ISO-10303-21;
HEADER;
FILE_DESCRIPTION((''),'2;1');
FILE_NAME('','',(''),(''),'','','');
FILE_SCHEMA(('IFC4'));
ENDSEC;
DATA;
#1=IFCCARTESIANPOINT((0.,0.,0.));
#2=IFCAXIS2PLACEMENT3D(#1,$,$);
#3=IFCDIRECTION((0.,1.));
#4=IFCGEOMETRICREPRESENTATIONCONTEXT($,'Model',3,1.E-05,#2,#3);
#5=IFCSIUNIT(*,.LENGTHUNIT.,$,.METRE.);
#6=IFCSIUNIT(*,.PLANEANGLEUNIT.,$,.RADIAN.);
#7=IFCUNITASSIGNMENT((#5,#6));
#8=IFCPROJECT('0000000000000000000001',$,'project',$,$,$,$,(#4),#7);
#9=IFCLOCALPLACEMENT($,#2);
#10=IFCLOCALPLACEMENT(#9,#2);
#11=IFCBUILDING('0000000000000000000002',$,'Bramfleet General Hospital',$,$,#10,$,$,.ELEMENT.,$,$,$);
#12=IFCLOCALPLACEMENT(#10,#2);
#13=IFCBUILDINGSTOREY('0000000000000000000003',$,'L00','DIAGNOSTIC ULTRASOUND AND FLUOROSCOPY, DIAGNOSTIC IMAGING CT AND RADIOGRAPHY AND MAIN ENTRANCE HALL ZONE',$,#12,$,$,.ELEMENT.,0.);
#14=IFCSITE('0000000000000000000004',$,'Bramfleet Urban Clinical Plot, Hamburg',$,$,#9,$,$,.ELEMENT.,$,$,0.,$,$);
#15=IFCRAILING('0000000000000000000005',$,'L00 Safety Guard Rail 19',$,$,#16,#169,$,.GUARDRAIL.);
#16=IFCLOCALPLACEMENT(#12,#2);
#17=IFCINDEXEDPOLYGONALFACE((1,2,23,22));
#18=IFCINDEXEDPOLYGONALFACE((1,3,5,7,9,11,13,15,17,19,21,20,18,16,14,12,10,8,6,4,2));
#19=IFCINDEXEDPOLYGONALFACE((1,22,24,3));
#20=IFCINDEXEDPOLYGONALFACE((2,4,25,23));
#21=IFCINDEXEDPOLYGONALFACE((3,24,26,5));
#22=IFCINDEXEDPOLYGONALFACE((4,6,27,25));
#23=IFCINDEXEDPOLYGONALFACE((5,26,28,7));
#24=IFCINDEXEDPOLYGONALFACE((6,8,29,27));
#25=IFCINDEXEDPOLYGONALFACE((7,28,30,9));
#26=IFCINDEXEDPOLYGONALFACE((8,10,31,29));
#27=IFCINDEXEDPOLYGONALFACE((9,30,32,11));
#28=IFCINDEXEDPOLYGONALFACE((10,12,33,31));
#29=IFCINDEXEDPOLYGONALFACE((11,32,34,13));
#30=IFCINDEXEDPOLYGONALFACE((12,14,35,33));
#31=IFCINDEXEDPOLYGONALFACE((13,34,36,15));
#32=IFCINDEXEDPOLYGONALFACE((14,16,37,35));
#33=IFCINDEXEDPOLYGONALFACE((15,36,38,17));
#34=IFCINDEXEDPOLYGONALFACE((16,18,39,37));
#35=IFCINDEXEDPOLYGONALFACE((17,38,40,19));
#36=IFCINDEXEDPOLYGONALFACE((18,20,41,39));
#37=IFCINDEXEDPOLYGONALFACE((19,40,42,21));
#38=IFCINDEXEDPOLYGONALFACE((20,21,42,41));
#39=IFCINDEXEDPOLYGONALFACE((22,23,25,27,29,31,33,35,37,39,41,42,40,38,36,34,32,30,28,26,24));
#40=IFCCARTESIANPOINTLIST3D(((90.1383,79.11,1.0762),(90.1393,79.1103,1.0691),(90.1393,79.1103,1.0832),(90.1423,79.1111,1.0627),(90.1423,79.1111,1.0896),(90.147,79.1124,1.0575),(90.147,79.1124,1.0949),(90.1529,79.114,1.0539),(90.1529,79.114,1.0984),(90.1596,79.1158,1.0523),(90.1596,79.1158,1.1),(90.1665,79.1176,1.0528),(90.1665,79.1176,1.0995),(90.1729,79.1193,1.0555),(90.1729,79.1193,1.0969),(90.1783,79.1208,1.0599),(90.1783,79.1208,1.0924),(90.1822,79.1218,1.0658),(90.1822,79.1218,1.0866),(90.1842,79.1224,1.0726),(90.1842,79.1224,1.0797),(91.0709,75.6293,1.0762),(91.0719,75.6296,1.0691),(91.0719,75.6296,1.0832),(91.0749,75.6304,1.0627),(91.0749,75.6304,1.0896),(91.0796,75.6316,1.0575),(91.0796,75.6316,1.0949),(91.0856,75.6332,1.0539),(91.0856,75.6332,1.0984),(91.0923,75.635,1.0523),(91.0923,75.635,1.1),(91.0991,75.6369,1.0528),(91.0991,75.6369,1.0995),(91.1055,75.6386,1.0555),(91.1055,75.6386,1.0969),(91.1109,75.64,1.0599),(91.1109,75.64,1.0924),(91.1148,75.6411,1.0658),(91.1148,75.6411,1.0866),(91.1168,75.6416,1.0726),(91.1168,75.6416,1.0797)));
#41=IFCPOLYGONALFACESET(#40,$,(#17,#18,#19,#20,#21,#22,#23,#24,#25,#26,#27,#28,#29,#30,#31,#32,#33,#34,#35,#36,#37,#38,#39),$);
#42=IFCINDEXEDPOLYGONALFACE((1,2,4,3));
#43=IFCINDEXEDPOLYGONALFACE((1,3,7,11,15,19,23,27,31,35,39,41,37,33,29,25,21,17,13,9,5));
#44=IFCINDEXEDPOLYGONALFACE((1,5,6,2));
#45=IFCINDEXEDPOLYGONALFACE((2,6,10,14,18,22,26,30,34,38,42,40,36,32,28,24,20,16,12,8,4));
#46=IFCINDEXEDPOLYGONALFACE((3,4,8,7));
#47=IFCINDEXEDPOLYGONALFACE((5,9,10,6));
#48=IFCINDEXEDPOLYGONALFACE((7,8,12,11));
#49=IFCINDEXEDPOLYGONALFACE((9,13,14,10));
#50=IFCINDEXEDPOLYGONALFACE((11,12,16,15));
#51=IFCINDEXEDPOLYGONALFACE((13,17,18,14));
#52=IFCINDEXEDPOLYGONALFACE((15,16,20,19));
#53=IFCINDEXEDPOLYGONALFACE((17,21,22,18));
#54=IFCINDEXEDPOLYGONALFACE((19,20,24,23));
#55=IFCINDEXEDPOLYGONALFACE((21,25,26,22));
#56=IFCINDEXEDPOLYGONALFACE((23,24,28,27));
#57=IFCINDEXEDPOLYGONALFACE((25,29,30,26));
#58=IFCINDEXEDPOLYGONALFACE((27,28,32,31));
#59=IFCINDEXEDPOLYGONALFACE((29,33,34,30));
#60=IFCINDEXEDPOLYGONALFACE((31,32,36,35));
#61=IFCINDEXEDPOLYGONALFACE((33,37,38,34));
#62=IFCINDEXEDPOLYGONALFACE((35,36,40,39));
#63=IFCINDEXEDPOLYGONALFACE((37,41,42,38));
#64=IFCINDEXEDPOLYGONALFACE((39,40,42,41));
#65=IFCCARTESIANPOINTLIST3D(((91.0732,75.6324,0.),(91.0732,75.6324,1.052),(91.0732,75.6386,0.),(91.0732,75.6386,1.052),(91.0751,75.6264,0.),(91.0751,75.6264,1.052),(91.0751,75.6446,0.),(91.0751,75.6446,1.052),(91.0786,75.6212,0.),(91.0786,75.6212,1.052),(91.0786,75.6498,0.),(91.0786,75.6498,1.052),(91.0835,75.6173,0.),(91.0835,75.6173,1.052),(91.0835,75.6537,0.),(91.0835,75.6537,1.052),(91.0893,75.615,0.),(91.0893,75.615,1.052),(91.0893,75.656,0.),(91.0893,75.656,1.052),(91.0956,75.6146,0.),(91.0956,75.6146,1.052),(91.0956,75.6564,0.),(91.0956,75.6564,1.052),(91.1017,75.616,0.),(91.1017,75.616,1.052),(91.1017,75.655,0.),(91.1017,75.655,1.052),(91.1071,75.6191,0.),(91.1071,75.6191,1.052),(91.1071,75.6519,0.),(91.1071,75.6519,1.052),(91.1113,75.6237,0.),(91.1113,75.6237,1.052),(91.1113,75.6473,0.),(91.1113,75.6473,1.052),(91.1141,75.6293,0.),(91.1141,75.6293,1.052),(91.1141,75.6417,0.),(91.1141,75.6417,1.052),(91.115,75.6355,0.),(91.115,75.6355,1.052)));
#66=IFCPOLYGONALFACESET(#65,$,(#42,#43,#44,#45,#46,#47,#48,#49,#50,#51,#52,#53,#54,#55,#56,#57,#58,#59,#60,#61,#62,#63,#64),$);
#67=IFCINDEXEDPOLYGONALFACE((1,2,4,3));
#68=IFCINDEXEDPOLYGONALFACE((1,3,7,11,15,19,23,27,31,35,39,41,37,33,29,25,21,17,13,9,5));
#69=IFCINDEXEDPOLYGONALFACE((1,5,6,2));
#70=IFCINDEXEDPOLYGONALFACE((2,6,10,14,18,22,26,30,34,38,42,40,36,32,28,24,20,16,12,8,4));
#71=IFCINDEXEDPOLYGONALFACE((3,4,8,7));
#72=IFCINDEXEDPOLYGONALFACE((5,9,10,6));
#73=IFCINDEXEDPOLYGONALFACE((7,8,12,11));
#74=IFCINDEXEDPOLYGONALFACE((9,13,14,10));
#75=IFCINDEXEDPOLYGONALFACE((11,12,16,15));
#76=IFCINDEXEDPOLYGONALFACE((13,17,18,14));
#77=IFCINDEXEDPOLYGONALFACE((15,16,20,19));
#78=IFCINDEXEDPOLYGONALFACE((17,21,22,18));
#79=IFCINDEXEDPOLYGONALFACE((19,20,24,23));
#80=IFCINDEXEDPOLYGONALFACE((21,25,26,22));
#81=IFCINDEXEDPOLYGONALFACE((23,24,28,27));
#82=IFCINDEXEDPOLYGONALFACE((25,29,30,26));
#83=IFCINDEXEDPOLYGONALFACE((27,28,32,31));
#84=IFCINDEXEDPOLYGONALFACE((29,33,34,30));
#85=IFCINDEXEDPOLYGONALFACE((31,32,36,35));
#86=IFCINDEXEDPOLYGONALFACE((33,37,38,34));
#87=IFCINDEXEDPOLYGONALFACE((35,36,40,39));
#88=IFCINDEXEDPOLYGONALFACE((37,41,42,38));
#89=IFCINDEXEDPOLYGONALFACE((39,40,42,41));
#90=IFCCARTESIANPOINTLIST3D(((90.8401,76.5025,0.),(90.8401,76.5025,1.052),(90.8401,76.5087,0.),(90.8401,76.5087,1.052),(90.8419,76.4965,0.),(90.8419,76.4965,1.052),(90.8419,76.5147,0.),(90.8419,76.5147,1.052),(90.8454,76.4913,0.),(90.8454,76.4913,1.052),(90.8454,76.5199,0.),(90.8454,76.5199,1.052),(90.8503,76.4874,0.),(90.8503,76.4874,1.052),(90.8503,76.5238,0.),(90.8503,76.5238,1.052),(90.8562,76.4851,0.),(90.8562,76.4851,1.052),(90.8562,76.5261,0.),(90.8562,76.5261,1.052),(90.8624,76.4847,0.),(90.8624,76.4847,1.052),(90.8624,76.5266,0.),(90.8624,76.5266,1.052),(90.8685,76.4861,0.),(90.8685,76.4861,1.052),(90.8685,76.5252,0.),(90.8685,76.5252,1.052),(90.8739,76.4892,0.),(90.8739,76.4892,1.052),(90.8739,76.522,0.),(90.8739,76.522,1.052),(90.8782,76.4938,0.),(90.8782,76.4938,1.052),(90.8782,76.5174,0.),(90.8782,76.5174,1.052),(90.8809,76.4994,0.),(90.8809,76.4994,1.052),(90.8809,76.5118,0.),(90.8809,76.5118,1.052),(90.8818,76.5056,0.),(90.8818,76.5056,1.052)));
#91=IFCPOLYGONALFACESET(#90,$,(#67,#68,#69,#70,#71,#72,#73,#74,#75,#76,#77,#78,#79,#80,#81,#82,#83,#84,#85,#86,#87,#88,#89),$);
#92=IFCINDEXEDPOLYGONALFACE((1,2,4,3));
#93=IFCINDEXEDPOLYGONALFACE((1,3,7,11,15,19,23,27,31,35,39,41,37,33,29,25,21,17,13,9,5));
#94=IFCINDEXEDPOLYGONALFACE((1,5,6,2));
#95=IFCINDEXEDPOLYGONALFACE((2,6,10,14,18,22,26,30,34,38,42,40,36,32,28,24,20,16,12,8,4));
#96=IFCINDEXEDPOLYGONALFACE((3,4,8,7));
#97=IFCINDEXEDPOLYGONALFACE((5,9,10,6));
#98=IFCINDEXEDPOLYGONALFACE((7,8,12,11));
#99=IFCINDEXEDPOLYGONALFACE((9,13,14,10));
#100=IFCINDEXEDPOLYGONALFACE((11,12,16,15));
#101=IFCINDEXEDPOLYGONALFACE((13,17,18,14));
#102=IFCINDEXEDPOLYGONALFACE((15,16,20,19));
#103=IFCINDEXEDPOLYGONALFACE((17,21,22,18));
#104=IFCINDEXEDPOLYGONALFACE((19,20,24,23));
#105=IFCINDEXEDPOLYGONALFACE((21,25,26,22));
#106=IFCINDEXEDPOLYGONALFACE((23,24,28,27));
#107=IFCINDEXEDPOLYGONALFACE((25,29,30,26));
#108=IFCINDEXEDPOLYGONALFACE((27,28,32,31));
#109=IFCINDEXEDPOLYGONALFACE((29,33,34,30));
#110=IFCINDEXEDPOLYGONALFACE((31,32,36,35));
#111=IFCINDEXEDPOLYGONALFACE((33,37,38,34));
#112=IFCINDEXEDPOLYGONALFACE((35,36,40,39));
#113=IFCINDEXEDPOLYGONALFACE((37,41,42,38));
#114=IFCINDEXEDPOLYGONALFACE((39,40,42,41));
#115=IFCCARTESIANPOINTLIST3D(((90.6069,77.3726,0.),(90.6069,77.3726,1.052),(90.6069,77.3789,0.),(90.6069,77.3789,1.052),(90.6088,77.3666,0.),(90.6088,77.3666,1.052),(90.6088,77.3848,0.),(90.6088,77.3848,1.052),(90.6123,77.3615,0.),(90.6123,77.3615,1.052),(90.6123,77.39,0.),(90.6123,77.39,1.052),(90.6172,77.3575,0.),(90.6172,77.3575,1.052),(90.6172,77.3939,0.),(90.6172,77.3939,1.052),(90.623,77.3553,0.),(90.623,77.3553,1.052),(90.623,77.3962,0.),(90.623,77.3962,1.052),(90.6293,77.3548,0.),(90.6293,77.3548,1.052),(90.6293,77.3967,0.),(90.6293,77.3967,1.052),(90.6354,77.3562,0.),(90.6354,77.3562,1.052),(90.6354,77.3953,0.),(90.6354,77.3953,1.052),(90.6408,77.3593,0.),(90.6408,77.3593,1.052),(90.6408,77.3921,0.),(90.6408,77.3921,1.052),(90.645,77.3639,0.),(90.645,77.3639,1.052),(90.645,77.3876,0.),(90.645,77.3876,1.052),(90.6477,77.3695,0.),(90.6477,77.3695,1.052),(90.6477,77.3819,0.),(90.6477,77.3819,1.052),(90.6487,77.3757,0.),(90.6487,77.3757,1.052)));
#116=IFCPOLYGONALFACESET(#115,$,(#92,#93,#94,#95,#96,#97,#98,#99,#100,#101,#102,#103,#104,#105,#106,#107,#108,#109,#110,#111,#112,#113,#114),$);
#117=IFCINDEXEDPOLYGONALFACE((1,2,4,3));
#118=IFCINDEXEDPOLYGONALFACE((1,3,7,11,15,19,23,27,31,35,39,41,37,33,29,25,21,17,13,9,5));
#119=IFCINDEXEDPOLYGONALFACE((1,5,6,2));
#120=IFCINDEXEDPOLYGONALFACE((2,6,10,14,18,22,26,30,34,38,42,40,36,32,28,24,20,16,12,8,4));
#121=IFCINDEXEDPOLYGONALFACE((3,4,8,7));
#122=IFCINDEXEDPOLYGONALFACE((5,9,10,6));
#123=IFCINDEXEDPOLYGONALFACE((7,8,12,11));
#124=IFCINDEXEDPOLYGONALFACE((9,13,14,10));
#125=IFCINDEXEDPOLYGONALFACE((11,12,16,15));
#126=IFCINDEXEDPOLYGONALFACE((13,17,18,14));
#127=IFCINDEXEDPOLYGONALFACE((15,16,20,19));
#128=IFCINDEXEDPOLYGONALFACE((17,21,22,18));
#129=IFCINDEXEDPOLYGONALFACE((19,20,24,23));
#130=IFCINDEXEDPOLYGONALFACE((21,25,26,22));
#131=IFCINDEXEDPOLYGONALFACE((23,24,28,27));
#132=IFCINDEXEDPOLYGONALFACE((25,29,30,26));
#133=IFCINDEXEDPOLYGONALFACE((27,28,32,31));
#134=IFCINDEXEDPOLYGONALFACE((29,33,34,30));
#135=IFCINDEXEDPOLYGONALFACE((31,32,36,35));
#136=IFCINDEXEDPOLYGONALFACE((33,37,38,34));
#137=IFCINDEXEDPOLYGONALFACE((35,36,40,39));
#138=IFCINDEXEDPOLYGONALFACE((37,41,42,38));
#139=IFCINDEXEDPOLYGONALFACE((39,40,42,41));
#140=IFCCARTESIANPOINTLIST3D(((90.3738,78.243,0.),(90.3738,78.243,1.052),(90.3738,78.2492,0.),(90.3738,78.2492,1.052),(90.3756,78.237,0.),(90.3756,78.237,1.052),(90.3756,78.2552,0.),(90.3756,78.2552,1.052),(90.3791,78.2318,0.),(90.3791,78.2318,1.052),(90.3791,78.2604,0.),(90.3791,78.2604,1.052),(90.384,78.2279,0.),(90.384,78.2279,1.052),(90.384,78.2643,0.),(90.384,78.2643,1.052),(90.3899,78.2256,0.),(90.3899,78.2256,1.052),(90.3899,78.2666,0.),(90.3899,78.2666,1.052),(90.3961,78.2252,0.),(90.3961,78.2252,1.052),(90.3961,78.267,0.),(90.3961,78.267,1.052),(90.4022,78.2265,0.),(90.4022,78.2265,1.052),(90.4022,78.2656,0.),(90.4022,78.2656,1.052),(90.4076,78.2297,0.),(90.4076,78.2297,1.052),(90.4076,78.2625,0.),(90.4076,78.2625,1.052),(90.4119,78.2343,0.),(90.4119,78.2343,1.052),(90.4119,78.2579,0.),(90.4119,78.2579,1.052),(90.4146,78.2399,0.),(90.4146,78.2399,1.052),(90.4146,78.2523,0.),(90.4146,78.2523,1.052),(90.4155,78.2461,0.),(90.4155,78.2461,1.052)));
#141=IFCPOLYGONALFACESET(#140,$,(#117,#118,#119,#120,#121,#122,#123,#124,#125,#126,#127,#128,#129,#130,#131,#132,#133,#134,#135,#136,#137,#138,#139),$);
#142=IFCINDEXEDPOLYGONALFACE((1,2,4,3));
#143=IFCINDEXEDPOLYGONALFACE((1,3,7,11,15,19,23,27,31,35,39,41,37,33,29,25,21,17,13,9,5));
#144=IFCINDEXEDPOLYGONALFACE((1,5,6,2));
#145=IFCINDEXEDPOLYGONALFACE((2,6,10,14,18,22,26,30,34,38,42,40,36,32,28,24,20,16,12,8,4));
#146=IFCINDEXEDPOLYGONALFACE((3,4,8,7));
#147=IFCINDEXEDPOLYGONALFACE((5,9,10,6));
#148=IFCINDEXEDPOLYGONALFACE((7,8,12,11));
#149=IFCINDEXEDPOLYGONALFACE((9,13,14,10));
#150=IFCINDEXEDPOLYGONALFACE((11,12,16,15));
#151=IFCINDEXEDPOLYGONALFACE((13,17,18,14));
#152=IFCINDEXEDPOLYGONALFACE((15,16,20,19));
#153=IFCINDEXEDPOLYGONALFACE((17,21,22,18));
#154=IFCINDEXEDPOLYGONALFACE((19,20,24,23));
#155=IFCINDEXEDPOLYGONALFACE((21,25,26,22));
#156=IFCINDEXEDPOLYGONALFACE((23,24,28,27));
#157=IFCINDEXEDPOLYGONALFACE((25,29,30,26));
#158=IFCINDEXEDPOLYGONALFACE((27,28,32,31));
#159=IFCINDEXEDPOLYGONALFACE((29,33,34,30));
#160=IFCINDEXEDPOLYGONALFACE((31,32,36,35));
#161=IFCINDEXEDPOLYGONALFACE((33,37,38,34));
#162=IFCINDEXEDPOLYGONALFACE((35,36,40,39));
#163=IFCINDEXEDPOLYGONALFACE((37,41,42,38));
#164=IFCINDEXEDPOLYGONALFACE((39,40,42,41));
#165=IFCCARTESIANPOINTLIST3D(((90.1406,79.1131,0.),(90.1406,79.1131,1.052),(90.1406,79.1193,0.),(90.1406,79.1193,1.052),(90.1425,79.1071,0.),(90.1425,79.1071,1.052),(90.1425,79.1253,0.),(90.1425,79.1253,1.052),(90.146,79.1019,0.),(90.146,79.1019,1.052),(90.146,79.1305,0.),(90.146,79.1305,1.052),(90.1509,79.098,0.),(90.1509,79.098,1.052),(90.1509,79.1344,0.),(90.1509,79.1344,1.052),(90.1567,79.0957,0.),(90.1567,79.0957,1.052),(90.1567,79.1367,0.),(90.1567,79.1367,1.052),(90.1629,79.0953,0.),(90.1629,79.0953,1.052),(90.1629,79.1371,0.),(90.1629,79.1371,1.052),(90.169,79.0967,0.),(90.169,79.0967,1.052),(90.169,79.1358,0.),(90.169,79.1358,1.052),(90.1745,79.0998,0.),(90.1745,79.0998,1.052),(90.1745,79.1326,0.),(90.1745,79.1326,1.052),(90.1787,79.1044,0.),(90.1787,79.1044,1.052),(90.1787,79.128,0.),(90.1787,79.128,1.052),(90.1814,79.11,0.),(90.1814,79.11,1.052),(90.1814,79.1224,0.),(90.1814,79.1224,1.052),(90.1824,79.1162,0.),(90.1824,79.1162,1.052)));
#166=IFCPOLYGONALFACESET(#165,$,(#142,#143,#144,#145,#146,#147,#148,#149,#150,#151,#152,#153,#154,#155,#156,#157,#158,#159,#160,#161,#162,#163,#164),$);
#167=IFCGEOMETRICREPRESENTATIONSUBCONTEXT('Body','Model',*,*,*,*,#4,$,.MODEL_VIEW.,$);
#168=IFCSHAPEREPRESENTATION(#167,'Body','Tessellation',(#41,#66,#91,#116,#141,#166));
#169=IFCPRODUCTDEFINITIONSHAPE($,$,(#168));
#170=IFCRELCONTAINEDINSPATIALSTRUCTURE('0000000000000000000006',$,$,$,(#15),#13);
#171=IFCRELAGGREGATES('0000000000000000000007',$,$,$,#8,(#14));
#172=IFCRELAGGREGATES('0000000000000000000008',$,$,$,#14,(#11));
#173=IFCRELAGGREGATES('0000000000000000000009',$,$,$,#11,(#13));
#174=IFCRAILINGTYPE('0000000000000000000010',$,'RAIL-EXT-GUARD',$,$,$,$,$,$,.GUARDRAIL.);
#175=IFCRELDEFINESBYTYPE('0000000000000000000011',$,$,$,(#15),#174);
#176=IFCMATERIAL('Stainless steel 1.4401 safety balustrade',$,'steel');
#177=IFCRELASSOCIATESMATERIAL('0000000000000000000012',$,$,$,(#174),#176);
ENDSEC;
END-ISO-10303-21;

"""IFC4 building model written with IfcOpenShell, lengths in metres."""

from ifc_helpers import new_model, si_unit, direction, frame, origin, origin_2d, place, context, subcontext, project, spatial, circle, extrude, material, type_object, element, save


model = new_model("IFC4")

# Units and contexts
model_context = context("Model", 3, precision=1e-05, world=origin(), true_north=direction((0.0, 1.0)))
body_context = subcontext(model_context, "Body", "Model", "MODEL_VIEW")
ifc_project = project(units=[si_unit("LENGTHUNIT", "METRE"), si_unit("PLANEANGLEUNIT", "RADIAN")], contexts=[model_context])

# Site, building, storey
site_placement = place(None, origin())
site = spatial("IfcSite", under=ifc_project, at=site_placement, Name="Bramfleet Urban Clinical Plot, Hamburg", CompositionType="ELEMENT", RefElevation=0.0)
building_placement = place(site_placement, origin())
building = spatial("IfcBuilding", under=site, at=building_placement, Name="Bramfleet General Hospital", CompositionType="ELEMENT")
storey_placement = place(building_placement, origin())
storey = spatial("IfcBuildingStorey", under=building, at=storey_placement, Name="L00", Description="DIAGNOSTIC ULTRASOUND AND FLUOROSCOPY, DIAGNOSTIC IMAGING CT AND RADIOGRAPHY AND MAIN ENTRANCE HALL ZONE", CompositionType="ELEMENT", Elevation=0.0)

# Railing
ifc_material_1 = material(Name="Stainless steel 1.4401 safety balustrade", Category="steel")
railing_type = type_object("IfcRailingType", Name="RAIL-EXT-GUARD", PredefinedType="GUARDRAIL", material=ifc_material_1)
railing_1_placement = place(storey_placement, frame((91.094, 75.6355, 0.0)))
element("IfcRailing", 1, at=railing_1_placement, inside=storey, type_object=railing_type, Name="L00 Safety Guard Rail 19", PredefinedType="GUARDRAIL", context=body_context, shape_type="SweptSolid", body=[
    extrude(circle(Radius=0.0239, at=origin_2d()), frame((0.0, 0.0, 1.0762), z_axis=(-0.258809, 0.965928, 0.0), x_axis=(-0.965928, -0.258809, 0.0)), (0.0, 0.0, 1.0), 3.6035),
    extrude(circle(Radius=0.021, at=origin_2d()), origin(), (0.0, 0.0, 1.0), 1.052),
    extrude(circle(Radius=0.021, at=origin_2d()), frame((-0.2332, 0.8701, 0.0)), (0.0, 0.0, 1.0), 1.052),
    extrude(circle(Radius=0.021, at=origin_2d()), frame((-0.4663, 1.7402, 0.0)), (0.0, 0.0, 1.0), 1.052),
    extrude(circle(Radius=0.021, at=origin_2d()), frame((-0.6995, 2.6106, 0.0)), (0.0, 0.0, 1.0), 1.052),
    extrude(circle(Radius=0.021, at=origin_2d()), frame((-0.9326, 3.4807, 0.0)), (0.0, 0.0, 1.0), 1.052),
])

save(model, "model.ifc")
